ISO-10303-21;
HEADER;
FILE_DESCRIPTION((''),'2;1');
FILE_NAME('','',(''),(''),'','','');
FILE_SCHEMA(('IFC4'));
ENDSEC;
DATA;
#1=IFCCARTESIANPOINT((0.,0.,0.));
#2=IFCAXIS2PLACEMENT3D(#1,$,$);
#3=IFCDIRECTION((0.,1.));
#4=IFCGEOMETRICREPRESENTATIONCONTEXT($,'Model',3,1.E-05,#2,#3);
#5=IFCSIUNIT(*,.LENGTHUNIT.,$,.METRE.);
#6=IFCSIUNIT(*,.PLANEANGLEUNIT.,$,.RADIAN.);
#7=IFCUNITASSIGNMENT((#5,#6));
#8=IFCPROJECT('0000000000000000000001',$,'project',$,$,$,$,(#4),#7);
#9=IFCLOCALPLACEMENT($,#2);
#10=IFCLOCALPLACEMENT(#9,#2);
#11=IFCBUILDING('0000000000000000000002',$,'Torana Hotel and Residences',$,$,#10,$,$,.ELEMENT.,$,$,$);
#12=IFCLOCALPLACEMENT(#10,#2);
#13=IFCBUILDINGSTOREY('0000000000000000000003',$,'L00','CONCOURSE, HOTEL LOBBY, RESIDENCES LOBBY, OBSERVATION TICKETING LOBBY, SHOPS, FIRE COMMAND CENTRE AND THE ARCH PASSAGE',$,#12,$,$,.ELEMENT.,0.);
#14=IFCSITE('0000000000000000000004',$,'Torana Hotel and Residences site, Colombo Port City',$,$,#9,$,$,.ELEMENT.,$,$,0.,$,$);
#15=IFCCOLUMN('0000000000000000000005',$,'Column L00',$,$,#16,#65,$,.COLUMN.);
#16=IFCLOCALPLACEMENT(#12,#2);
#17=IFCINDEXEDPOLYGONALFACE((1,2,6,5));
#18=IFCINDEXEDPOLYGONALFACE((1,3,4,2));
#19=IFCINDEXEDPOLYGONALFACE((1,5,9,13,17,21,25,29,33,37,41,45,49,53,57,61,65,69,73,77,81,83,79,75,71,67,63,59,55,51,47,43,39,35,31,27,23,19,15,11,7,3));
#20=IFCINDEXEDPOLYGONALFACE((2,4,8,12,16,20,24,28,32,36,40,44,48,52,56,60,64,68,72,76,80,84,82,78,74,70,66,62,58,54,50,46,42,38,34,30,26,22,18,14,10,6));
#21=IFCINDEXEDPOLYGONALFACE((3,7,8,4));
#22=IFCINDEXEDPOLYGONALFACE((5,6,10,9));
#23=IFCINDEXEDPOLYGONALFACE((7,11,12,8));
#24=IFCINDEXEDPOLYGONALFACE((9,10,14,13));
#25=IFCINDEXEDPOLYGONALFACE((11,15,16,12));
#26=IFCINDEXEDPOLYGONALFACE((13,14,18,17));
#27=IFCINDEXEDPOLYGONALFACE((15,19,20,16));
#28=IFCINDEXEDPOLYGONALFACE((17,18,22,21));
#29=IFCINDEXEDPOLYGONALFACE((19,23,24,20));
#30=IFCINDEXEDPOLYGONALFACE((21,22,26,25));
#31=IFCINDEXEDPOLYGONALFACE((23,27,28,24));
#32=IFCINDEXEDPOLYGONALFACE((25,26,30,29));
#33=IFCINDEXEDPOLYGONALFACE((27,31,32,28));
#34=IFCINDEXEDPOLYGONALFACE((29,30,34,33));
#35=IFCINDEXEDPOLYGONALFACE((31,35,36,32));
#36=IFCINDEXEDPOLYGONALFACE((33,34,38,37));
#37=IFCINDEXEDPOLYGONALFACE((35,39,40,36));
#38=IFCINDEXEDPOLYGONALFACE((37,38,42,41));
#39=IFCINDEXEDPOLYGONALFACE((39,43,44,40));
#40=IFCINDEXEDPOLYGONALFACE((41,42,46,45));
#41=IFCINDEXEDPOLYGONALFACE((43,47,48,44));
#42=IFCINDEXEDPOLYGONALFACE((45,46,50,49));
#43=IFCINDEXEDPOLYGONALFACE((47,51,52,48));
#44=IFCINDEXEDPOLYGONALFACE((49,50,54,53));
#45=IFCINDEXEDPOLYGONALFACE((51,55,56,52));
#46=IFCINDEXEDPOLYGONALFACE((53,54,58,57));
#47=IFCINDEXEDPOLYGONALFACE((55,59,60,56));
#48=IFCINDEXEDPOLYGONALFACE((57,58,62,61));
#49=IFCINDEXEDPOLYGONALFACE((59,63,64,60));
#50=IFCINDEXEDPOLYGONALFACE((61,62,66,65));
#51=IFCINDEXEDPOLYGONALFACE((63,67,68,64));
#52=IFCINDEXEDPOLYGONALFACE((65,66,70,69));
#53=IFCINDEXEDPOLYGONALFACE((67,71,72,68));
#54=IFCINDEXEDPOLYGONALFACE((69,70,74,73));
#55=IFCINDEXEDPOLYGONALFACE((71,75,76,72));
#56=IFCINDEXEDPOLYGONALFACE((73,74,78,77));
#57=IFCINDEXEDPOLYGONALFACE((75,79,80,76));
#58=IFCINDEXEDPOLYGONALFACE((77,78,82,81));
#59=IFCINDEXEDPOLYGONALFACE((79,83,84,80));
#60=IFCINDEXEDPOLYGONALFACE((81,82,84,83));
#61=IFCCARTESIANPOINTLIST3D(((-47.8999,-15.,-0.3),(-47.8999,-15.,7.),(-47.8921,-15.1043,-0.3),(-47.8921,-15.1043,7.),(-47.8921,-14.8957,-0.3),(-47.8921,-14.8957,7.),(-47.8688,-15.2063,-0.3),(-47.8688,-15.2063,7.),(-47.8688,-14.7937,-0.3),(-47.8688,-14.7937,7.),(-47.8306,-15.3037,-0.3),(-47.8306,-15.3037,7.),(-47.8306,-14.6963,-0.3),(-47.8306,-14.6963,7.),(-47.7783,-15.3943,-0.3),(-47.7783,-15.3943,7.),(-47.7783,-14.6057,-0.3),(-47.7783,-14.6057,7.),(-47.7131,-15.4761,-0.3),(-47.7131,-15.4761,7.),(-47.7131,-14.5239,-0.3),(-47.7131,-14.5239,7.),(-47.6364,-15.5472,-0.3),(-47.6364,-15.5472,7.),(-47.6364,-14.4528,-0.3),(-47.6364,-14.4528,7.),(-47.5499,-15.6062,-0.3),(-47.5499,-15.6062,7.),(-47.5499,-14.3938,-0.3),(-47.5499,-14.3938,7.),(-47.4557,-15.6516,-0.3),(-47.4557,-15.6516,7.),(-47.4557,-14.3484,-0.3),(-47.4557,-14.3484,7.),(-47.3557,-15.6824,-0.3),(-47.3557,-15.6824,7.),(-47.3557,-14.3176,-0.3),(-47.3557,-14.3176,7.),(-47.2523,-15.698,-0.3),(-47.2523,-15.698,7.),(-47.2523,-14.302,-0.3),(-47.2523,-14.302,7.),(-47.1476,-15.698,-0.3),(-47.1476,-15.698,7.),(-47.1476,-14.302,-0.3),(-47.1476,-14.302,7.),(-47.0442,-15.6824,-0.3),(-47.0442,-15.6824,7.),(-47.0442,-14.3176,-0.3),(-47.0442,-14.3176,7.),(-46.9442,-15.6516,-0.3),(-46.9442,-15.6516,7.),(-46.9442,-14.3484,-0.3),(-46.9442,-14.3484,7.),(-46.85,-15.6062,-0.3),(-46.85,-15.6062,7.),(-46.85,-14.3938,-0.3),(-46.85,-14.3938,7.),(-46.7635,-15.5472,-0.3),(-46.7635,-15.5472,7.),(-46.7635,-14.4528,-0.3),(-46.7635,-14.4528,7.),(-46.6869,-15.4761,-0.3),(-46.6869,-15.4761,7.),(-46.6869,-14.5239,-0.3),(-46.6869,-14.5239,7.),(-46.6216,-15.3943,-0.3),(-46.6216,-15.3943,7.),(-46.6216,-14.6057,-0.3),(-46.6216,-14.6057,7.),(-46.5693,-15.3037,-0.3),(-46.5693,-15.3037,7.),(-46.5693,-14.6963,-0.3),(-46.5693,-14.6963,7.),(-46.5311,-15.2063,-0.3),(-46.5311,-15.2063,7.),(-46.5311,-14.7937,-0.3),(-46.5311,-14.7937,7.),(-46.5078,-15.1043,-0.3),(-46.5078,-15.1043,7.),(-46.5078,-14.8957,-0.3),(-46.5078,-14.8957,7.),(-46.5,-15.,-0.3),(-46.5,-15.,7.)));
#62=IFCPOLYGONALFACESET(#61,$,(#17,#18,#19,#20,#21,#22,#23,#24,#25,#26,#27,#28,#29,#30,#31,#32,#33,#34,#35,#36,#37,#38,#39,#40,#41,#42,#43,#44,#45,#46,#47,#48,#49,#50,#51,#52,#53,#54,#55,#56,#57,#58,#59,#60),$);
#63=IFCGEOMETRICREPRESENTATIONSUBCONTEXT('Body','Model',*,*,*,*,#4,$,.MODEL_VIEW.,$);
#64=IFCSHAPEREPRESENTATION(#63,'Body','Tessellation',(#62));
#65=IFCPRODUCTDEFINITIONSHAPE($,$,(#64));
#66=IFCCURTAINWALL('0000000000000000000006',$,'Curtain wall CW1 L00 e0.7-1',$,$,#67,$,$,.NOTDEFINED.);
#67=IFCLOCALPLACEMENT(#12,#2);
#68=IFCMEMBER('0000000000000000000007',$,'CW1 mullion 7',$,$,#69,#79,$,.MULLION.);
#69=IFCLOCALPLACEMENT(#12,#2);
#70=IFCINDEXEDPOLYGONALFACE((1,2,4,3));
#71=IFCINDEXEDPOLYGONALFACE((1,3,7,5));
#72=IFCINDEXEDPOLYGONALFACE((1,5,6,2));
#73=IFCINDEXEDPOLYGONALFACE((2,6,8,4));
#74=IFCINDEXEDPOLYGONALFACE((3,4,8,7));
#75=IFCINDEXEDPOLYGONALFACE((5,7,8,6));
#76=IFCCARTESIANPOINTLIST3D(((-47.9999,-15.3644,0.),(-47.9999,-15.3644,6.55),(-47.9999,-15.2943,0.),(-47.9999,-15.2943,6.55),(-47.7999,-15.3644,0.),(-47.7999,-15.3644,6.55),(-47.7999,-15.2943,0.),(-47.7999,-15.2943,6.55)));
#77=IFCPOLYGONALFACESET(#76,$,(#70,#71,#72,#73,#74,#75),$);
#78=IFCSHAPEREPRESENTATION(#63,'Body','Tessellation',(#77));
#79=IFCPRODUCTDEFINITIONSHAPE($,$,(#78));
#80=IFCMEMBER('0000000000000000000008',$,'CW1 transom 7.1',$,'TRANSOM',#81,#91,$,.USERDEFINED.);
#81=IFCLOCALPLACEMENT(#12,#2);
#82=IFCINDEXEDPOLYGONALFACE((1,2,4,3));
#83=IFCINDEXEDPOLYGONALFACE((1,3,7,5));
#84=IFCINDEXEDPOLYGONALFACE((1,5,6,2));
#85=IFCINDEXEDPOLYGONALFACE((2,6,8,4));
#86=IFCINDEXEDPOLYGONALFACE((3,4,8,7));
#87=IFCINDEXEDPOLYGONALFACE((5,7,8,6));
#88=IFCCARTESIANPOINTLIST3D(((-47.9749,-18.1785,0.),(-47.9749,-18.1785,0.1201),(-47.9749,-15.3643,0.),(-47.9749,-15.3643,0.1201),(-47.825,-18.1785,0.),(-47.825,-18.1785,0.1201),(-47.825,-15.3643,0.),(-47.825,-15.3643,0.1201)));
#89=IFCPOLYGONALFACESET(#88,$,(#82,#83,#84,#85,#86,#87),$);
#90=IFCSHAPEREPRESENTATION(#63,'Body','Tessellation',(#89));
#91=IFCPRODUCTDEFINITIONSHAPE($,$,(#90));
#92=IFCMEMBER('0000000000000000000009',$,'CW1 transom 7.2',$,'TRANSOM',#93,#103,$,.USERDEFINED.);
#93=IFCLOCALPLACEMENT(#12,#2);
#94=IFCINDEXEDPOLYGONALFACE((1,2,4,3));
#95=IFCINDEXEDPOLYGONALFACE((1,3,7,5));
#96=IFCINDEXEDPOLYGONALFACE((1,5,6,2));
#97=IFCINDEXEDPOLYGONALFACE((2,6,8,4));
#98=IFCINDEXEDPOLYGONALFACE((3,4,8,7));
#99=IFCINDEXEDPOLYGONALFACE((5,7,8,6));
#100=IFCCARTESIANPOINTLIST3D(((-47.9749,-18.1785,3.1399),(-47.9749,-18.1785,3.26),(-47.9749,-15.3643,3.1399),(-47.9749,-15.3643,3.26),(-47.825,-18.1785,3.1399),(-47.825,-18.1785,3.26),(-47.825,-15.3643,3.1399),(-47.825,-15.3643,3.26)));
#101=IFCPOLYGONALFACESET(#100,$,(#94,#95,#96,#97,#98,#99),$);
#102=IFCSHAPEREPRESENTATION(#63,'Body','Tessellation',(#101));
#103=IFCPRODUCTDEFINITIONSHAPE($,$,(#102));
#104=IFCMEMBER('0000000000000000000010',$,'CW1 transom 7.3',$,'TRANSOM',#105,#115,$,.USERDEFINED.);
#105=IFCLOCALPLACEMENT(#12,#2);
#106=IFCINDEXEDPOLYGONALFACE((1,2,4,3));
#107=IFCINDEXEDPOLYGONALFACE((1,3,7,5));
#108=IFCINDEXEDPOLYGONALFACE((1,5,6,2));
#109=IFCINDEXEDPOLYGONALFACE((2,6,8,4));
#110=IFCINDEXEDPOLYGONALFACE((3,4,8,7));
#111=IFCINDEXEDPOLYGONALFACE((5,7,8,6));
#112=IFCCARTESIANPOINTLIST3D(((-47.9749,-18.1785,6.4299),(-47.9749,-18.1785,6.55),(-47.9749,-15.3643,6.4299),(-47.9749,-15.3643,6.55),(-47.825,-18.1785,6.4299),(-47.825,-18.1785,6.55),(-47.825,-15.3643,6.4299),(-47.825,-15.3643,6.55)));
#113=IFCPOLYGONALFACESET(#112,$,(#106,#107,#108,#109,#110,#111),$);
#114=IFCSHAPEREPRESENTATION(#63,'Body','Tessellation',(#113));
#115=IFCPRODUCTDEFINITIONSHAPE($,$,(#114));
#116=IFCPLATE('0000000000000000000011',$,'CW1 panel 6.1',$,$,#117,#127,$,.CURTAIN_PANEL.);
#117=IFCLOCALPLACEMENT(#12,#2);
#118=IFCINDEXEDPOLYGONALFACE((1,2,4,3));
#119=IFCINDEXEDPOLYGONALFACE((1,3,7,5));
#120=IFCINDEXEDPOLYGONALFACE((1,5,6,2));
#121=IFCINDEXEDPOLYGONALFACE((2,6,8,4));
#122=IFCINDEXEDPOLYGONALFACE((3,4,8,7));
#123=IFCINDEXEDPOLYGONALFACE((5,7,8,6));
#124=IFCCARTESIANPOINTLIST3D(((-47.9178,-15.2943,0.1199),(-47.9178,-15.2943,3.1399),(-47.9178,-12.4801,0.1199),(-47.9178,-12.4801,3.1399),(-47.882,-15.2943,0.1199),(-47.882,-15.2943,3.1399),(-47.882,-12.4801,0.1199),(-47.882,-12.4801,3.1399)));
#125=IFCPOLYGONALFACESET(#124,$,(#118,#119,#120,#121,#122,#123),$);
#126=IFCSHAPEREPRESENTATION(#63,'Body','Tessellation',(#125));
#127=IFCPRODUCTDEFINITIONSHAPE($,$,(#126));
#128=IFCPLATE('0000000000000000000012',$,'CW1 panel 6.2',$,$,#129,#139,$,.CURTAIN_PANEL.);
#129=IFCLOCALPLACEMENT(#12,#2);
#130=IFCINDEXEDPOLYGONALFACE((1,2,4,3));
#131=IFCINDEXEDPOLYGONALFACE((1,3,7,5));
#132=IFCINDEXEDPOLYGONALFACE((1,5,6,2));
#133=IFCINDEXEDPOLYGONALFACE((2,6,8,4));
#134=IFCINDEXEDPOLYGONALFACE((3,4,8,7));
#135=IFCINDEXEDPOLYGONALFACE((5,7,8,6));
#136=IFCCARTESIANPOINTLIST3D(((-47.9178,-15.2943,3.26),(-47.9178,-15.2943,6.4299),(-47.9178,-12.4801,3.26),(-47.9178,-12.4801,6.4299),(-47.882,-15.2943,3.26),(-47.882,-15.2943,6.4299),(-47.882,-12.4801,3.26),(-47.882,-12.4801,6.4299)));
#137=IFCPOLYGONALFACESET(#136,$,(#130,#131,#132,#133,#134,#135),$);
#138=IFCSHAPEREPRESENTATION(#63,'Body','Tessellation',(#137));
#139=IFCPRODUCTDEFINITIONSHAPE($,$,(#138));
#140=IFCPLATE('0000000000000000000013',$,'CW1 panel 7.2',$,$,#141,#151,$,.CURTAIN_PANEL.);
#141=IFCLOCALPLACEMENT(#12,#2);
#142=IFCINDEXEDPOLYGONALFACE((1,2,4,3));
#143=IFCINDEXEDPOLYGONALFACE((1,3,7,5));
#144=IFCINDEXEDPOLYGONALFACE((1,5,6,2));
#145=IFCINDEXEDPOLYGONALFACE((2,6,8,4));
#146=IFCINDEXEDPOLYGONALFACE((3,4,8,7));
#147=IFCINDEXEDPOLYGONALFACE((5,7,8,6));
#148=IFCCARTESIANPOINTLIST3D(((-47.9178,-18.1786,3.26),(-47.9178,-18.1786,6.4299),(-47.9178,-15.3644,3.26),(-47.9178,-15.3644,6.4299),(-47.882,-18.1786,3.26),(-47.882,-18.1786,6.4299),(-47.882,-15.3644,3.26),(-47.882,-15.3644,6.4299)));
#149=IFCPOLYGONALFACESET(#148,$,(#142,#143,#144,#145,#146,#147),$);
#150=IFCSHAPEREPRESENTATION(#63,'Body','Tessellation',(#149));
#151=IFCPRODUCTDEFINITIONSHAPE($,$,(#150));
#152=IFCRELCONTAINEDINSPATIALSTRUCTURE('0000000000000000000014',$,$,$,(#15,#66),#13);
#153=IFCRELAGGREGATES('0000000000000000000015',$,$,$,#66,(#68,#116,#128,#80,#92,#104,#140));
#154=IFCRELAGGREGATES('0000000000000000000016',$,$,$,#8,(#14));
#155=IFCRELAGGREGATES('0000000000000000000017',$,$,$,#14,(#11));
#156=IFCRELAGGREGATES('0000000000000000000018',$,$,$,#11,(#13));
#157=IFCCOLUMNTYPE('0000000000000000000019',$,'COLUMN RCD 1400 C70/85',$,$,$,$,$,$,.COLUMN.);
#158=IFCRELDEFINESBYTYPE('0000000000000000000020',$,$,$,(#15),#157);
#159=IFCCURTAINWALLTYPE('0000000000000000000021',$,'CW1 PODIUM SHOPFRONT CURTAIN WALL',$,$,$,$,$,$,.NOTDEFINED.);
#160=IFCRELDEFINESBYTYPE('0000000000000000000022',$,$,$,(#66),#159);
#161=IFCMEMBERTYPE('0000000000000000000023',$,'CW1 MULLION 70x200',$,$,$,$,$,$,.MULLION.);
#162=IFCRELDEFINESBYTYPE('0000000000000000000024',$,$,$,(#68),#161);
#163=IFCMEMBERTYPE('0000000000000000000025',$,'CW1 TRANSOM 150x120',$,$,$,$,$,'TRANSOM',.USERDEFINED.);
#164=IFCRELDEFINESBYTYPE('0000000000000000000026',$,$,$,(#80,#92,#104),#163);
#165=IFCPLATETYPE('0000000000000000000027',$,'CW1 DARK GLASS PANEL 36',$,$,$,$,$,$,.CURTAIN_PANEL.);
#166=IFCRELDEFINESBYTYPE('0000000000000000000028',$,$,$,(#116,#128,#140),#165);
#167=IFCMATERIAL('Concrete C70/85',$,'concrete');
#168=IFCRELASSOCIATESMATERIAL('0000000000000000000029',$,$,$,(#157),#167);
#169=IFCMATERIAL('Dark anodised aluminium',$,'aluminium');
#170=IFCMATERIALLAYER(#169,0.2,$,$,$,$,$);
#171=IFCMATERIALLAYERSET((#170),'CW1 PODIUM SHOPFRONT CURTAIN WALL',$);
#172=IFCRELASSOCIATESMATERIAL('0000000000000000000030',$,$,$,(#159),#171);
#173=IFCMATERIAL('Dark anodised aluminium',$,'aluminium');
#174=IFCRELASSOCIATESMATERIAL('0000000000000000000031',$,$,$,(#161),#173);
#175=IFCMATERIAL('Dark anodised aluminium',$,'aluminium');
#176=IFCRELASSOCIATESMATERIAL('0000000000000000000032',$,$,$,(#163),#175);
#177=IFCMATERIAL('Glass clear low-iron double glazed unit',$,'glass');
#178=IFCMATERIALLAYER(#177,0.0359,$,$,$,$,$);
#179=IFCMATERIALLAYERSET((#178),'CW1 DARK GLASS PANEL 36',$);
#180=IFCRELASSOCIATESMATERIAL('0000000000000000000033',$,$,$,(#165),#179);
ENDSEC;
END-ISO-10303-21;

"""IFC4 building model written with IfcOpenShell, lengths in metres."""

from ifc_helpers import new_model, si_unit, direction, frame, origin, origin_2d, place, context, subcontext, project, spatial, rectangle, circle, extrude, material, layer, layer_set, material_profile, profile_set, type_object, element, aggregate, save


model = new_model("IFC4")

# Units and contexts
model_context = context("Model", 3, precision=1e-05, world=origin(), true_north=direction((0.0, 1.0)))
body_context = subcontext(model_context, "Body", "Model", "MODEL_VIEW")
ifc_project = project(units=[si_unit("LENGTHUNIT", "METRE"), si_unit("PLANEANGLEUNIT", "RADIAN")], contexts=[model_context])

# Site, building, storey
site_placement = place(None, origin())
site = spatial("IfcSite", under=ifc_project, at=site_placement, Name="Torana Hotel and Residences site, Colombo Port City", CompositionType="ELEMENT", RefElevation=0.0)
building_placement = place(site_placement, origin())
building = spatial("IfcBuilding", under=site, at=building_placement, Name="Torana Hotel and Residences", CompositionType="ELEMENT")
storey_placement = place(building_placement, origin())
storey = spatial("IfcBuildingStorey", under=building, at=storey_placement, Name="L00", Description="CONCOURSE, HOTEL LOBBY, RESIDENCES LOBBY, OBSERVATION TICKETING LOBBY, SHOPS, FIRE COMMAND CENTRE AND THE ARCH PASSAGE", CompositionType="ELEMENT", Elevation=0.0)

# Column
ifc_material_1 = material(Name="Concrete C70/85", Category="concrete")
ifc_material_profile_1 = material_profile(ifc_material_1, circle(Radius=0.7, at=origin_2d()), Name="RCD 1400")
ifc_profile_set_1 = profile_set([ifc_material_profile_1], Name="Concrete C70/85")
column_type = type_object("IfcColumnType", Name="COLUMN RCD 1400 C70/85", PredefinedType="COLUMN", material=ifc_profile_set_1)
column_placement = place(storey_placement, frame((-47.2, -15.0, -0.3), z_axis=(0.0, 0.0, 1.0), x_axis=(1.0, 0.0, 0.0)))
element("IfcColumn", 1, at=column_placement, inside=storey, type_object=column_type, Name="Column L00", PredefinedType="COLUMN", context=body_context, shape_type="SweptSolid", body=[
    extrude(circle(Radius=0.7, at=origin_2d()), origin(), (0.0, 0.0, 1.0), 7.3),
])

# Curtain wall, members, plates
ifc_material_2 = material(Name="Dark anodised aluminium", Category="aluminium")
ifc_layer_1 = layer(ifc_material_2, 0.2)
ifc_layer_set_1 = layer_set([ifc_layer_1], Name="CW1 PODIUM SHOPFRONT CURTAIN WALL")
curtain_wall_type = type_object("IfcCurtainWallType", Name="CW1 PODIUM SHOPFRONT CURTAIN WALL", PredefinedType="NOTDEFINED", material=ifc_layer_set_1)
curtain_wall_placement = place(storey_placement, origin())
curtain_wall = element("IfcCurtainWall", 2, at=curtain_wall_placement, inside=storey, type_object=curtain_wall_type, Name="Curtain wall CW1 L00 e0.7-1", PredefinedType="NOTDEFINED")
ifc_material_3 = material(Name="Dark anodised aluminium", Category="aluminium")
ifc_material_profile_2 = material_profile(ifc_material_3, rectangle(XDim=0.2, YDim=0.0701, at=origin_2d()), Name="CW1 MULLION 70x200")
ifc_profile_set_2 = profile_set([ifc_material_profile_2], Name="Dark anodised aluminium")
member_type_1 = type_object("IfcMemberType", Name="CW1 MULLION 70x200", PredefinedType="MULLION", material=ifc_profile_set_2)
member_1_placement = place(storey_placement, frame((-47.8999, -15.3293, 0.0), z_axis=(0.0, 0.0, 1.0), x_axis=(1.0, 0.0, 0.0)))
member_1 = element("IfcMember", 3, at=member_1_placement, type_object=member_type_1, Name="CW1 mullion 7", PredefinedType="MULLION", context=body_context, shape_type="SweptSolid", body=[
    extrude(rectangle(XDim=0.2, YDim=0.0701, at=origin_2d()), origin(), (0.0, 0.0, 1.0), 6.55),
])
ifc_material_4 = material(Name="Dark anodised aluminium", Category="aluminium")
ifc_material_profile_3 = material_profile(ifc_material_4, rectangle(XDim=0.1499, YDim=0.1201, at=origin_2d()), Name="CW1 TRANSOM 150x120")
ifc_profile_set_3 = profile_set([ifc_material_profile_3], Name="Dark anodised aluminium")
member_type_2 = type_object("IfcMemberType", Name="CW1 TRANSOM 150x120", ElementType="TRANSOM", PredefinedType="USERDEFINED", material=ifc_profile_set_3)
member_2_placement = place(storey_placement, frame((-47.8999, -15.3643, 0.0601), z_axis=(0.0, -1.0, 0.0), x_axis=(1.0, 0.0, 0.0)))
member_2 = element("IfcMember", 4, at=member_2_placement, type_object=member_type_2, Name="CW1 transom 7.1", ObjectType="TRANSOM", PredefinedType="USERDEFINED", context=body_context, shape_type="SweptSolid", body=[
    extrude(rectangle(XDim=0.1499, YDim=0.1201, at=origin_2d()), origin(), (0.0, 0.0, 1.0), 2.8142),
])
member_3_placement = place(storey_placement, frame((-47.8999, -15.3643, 3.2), z_axis=(0.0, -1.0, 0.0), x_axis=(1.0, 0.0, 0.0)))
member_3 = element("IfcMember", 5, at=member_3_placement, type_object=member_type_2, Name="CW1 transom 7.2", ObjectType="TRANSOM", PredefinedType="USERDEFINED", context=body_context, shape_type="SweptSolid", body=[
    extrude(rectangle(XDim=0.1499, YDim=0.1201, at=origin_2d()), origin(), (0.0, 0.0, 1.0), 2.8142),
])
member_4_placement = place(storey_placement, frame((-47.8999, -15.3643, 6.49), z_axis=(0.0, -1.0, 0.0), x_axis=(1.0, 0.0, 0.0)))
member_4 = element("IfcMember", 6, at=member_4_placement, type_object=member_type_2, Name="CW1 transom 7.3", ObjectType="TRANSOM", PredefinedType="USERDEFINED", context=body_context, shape_type="SweptSolid", body=[
    extrude(rectangle(XDim=0.1499, YDim=0.1201, at=origin_2d()), origin(), (0.0, 0.0, 1.0), 2.8142),
])
ifc_material_5 = material(Name="Glass clear low-iron double glazed unit", Category="glass")
ifc_layer_2 = layer(ifc_material_5, 0.0359)
ifc_layer_set_2 = layer_set([ifc_layer_2], Name="CW1 DARK GLASS PANEL 36")
plate_type = type_object("IfcPlateType", Name="CW1 DARK GLASS PANEL 36", PredefinedType="CURTAIN_PANEL", material=ifc_layer_set_2)
plate_1_placement = place(storey_placement, frame((-47.8999, -13.8872, 0.1199), z_axis=(0.0, 0.0, 1.0), x_axis=(0.0, -1.0, 0.0)))
plate_1 = element("IfcPlate", 7, at=plate_1_placement, type_object=plate_type, Name="CW1 panel 6.1", PredefinedType="CURTAIN_PANEL", context=body_context, shape_type="SweptSolid", body=[
    extrude(rectangle(XDim=2.8142, YDim=0.0359, at=origin_2d()), origin(), (0.0, 0.0, 1.0), 3.02),
])
plate_2_placement = place(storey_placement, frame((-47.8999, -13.8872, 3.26), z_axis=(0.0, 0.0, 1.0), x_axis=(0.0, -1.0, 0.0)))
plate_2 = element("IfcPlate", 8, at=plate_2_placement, type_object=plate_type, Name="CW1 panel 6.2", PredefinedType="CURTAIN_PANEL", context=body_context, shape_type="SweptSolid", body=[
    extrude(rectangle(XDim=2.8142, YDim=0.0359, at=origin_2d()), origin(), (0.0, 0.0, 1.0), 3.1699),
])
plate_3_placement = place(storey_placement, frame((-47.8999, -16.7715, 3.26), z_axis=(0.0, 0.0, 1.0), x_axis=(0.0, -1.0, 0.0)))
plate_3 = element("IfcPlate", 9, at=plate_3_placement, type_object=plate_type, Name="CW1 panel 7.2", PredefinedType="CURTAIN_PANEL", context=body_context, shape_type="SweptSolid", body=[
    extrude(rectangle(XDim=2.8142, YDim=0.0359, at=origin_2d()), origin(), (0.0, 0.0, 1.0), 3.1699),
])
aggregate(curtain_wall, [member_1, plate_1, plate_2, member_2, member_3, member_4, plate_3])

save(model, "model.ifc")
